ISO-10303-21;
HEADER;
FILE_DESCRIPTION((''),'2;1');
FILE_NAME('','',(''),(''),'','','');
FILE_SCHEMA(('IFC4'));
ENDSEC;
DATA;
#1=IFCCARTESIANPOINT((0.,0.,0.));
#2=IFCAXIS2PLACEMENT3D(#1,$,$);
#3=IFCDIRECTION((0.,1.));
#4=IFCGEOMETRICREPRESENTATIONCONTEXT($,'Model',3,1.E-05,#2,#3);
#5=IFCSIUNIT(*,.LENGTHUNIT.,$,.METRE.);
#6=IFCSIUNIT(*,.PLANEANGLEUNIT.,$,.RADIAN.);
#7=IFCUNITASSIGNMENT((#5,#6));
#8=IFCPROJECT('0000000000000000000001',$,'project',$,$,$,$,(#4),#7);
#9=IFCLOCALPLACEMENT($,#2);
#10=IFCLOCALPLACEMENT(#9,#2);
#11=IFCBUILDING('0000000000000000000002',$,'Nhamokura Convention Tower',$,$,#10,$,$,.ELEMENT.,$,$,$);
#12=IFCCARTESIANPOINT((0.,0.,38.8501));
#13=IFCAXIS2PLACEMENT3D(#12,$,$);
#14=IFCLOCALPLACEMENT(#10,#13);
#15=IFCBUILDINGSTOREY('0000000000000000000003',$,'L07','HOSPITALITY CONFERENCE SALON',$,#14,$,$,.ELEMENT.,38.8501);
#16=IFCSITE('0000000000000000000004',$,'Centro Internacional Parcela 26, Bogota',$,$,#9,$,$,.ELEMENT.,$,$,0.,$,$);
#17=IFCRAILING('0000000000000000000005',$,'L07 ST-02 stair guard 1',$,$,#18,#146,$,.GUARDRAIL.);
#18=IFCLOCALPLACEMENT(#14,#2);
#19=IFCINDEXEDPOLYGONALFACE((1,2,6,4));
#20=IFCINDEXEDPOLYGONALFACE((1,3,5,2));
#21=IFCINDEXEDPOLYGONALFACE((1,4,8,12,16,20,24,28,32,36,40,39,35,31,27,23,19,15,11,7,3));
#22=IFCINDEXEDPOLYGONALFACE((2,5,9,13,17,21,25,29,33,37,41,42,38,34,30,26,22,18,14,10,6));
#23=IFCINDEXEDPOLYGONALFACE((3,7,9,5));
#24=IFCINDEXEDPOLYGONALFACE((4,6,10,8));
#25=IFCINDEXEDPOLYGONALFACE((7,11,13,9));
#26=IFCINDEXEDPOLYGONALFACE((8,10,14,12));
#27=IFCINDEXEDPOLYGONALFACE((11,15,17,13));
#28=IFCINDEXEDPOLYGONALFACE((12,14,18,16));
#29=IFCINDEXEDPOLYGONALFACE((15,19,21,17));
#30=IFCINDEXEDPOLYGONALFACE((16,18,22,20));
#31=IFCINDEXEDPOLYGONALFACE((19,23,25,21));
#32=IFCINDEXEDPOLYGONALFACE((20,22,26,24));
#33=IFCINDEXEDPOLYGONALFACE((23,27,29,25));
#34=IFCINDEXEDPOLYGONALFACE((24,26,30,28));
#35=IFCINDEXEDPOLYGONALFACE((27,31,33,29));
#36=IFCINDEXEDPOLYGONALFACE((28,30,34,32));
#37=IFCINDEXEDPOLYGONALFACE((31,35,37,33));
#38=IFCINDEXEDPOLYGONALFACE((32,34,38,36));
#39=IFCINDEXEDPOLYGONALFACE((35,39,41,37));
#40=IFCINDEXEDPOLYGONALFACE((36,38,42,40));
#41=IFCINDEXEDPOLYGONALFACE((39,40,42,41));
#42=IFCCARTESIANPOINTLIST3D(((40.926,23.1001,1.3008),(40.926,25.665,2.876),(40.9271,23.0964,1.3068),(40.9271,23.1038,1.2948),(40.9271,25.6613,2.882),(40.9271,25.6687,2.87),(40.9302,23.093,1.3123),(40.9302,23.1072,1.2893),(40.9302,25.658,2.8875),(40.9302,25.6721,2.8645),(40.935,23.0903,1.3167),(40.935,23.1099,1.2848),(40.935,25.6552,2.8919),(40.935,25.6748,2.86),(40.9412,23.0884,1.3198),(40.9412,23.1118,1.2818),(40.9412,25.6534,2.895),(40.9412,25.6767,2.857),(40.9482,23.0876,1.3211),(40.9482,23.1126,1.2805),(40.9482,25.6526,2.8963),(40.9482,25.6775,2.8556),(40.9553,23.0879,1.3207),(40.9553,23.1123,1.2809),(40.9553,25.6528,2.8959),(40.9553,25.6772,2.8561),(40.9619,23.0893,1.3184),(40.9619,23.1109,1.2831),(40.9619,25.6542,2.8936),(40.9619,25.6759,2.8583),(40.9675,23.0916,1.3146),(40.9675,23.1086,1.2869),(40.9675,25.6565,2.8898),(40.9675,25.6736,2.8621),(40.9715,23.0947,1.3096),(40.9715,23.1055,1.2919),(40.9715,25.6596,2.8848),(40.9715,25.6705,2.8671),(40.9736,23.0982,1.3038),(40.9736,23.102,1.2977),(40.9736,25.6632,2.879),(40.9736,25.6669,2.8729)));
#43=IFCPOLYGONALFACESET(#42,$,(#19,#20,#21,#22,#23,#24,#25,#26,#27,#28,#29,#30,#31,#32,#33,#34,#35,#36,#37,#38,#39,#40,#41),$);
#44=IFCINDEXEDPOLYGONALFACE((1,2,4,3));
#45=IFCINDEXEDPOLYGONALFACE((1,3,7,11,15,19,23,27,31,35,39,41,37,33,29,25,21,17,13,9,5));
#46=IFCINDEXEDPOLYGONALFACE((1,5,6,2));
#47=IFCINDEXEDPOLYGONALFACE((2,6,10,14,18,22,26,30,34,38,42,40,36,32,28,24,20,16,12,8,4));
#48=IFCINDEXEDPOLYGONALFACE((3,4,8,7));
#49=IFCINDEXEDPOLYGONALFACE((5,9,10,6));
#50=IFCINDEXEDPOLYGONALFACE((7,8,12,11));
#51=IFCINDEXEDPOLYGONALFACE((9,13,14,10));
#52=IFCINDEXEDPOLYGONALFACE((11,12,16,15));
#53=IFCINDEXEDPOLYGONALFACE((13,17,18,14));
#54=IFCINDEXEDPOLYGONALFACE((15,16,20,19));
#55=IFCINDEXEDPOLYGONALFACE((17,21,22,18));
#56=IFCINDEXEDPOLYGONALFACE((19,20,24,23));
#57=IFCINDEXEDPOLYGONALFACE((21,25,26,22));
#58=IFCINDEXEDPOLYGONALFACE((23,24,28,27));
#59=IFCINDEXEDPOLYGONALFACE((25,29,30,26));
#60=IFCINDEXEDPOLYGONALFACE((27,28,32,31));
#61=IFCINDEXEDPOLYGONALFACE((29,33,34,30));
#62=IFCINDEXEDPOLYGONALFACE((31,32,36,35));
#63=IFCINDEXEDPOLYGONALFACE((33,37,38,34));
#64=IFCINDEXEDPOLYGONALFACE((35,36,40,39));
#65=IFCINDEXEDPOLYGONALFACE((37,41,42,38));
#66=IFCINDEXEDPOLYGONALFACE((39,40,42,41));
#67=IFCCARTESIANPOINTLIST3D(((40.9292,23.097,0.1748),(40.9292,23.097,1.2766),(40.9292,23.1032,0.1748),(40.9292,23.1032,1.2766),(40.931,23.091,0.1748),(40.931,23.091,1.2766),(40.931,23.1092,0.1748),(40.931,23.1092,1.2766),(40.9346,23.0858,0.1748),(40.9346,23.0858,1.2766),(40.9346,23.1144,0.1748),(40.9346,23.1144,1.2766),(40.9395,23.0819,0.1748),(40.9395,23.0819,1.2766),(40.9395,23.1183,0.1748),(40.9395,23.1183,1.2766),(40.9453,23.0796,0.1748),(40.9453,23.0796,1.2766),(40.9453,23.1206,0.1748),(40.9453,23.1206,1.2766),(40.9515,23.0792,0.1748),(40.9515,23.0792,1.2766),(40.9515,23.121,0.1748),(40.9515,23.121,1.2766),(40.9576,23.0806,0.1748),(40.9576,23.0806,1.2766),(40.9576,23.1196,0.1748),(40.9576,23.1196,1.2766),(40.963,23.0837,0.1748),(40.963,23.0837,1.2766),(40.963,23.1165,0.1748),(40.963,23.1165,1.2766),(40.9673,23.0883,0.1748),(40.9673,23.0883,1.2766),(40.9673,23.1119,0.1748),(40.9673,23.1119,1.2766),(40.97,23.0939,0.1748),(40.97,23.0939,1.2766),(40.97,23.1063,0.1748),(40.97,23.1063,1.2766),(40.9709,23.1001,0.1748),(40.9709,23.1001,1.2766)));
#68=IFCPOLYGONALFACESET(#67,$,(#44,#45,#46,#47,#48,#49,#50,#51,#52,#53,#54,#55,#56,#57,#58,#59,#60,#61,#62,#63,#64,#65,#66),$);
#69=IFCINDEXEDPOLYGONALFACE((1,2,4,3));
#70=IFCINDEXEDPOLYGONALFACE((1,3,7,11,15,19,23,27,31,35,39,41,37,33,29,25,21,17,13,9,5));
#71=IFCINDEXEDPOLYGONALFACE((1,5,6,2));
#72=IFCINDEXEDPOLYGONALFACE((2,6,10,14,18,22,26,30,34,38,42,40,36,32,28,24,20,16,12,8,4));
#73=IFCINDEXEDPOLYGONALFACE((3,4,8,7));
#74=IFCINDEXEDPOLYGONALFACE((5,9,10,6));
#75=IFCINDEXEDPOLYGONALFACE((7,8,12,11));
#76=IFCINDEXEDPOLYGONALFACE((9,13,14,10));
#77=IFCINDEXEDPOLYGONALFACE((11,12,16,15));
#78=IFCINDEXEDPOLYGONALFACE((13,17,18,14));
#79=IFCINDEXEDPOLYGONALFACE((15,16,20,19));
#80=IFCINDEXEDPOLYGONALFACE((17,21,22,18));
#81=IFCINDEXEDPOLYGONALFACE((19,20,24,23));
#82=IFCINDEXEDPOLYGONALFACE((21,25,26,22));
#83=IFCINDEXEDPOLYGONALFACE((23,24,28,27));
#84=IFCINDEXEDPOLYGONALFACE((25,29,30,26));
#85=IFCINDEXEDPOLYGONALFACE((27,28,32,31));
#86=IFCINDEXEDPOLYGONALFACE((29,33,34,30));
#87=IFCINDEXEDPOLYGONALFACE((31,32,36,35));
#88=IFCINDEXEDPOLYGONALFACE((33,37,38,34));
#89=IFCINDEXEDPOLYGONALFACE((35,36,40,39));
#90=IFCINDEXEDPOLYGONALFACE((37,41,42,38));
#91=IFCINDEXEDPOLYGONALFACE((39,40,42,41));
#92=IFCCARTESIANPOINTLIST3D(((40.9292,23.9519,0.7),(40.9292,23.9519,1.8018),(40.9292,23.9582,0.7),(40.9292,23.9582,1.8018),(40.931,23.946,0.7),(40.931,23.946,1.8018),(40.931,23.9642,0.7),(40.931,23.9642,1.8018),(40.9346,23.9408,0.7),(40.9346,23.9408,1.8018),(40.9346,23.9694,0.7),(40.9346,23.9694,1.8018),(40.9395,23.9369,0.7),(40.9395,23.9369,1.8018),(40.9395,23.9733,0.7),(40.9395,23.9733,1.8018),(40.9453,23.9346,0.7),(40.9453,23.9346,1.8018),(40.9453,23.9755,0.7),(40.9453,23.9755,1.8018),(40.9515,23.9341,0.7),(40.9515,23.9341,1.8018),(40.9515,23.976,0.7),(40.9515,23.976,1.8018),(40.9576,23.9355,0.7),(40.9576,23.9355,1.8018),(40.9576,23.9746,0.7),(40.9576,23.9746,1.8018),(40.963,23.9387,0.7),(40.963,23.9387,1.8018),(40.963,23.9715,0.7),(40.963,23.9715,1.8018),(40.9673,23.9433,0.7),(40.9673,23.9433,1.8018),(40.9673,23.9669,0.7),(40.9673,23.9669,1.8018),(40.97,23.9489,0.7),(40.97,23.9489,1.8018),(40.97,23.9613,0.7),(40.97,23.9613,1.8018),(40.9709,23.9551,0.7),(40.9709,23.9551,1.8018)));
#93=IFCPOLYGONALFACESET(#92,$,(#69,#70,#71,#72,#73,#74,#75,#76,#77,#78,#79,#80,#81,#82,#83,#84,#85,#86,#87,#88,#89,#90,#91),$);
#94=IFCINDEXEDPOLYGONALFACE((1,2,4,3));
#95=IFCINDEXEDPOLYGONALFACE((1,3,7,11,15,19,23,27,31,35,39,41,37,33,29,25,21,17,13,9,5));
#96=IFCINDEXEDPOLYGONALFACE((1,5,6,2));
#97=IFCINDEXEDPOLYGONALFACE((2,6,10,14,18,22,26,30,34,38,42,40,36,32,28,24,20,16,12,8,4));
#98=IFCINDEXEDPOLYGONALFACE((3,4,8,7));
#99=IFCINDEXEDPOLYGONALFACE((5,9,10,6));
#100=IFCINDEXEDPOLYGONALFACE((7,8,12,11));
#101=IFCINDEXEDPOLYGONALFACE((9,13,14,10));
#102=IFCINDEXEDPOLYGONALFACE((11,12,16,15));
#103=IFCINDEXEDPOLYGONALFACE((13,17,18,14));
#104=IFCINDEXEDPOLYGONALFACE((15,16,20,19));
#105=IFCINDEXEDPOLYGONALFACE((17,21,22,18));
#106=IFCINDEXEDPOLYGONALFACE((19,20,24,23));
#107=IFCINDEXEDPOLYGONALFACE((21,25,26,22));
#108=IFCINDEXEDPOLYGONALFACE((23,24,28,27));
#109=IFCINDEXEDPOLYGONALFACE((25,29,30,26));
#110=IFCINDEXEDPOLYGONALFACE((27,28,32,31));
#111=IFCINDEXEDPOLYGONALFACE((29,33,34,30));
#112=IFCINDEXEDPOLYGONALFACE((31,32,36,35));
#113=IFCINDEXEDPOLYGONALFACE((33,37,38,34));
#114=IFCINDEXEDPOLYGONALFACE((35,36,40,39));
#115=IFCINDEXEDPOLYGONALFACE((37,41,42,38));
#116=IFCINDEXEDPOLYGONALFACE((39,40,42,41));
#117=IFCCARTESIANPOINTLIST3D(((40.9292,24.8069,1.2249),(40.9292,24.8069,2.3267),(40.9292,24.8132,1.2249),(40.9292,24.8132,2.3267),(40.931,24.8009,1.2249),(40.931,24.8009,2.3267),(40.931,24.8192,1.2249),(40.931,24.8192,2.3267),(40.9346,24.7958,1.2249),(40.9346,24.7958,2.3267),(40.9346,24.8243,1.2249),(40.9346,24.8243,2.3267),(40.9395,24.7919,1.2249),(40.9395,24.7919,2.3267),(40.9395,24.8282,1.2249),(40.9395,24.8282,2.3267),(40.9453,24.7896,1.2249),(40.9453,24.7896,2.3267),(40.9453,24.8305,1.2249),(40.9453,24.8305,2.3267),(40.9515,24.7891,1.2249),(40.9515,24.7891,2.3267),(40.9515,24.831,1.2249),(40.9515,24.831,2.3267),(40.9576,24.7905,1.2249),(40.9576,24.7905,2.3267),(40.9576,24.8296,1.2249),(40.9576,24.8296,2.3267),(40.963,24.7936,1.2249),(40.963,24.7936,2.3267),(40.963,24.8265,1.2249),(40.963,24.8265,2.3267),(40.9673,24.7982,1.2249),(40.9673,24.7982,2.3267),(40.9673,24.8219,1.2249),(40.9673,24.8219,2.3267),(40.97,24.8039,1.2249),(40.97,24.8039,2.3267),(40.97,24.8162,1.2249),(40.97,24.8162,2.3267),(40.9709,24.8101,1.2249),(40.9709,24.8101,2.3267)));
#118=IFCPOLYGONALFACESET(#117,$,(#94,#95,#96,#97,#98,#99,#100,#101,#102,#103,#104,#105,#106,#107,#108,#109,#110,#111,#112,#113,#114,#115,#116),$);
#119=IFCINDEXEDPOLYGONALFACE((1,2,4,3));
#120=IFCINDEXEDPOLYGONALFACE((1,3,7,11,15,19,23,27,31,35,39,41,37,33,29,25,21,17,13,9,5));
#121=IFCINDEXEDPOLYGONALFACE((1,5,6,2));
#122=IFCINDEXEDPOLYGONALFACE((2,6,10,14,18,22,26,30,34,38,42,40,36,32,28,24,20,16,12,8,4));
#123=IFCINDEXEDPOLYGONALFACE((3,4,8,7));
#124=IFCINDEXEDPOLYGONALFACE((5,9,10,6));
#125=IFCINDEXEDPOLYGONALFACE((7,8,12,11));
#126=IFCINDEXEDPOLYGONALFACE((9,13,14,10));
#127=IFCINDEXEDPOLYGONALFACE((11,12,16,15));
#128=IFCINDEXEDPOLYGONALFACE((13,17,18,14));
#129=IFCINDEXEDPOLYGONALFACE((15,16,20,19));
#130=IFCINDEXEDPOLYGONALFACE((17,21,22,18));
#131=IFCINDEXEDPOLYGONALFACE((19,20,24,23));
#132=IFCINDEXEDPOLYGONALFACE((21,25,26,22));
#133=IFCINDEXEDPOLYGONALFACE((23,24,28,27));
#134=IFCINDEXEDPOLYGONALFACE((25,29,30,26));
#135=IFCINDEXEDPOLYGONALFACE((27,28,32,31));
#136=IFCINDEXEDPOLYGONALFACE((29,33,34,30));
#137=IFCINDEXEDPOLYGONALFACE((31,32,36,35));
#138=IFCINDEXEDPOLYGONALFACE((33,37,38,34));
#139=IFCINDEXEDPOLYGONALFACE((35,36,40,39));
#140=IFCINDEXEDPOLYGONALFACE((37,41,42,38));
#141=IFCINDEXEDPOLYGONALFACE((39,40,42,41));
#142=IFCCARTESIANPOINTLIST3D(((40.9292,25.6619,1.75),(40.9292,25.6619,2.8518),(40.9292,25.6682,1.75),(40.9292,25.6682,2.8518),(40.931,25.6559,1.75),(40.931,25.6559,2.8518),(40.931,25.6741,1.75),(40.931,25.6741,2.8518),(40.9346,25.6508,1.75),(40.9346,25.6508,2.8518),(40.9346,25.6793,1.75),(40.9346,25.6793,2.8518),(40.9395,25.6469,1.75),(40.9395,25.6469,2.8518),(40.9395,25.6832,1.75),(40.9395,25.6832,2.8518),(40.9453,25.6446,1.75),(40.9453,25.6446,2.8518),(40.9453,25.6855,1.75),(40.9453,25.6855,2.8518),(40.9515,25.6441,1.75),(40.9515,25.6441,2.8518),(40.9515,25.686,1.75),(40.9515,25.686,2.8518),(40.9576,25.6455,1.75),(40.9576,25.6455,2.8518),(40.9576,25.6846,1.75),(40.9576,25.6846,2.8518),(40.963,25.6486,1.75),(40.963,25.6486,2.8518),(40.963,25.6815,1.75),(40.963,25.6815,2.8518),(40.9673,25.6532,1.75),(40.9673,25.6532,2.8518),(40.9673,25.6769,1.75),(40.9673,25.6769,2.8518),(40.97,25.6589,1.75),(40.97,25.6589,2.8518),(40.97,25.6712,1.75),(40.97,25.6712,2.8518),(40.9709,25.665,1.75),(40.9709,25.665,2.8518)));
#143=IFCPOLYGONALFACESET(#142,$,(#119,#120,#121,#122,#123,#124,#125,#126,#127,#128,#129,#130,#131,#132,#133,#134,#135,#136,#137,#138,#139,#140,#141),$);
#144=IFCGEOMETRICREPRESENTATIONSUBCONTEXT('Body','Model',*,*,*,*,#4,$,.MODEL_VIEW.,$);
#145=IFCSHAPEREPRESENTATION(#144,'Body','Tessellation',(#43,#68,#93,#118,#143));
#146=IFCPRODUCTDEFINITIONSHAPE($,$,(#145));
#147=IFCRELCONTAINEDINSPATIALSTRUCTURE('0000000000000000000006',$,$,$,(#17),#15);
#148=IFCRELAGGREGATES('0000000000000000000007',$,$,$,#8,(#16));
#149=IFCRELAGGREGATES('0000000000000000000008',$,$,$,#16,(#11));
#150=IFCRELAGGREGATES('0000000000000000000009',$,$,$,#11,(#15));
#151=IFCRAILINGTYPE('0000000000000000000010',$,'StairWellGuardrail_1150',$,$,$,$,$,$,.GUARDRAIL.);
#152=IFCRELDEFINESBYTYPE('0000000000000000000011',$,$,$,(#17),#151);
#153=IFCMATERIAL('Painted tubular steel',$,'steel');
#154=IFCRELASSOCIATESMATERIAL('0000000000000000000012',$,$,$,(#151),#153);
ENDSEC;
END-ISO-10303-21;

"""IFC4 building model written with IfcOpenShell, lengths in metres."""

from ifc_helpers import new_model, si_unit, direction, frame, origin, origin_2d, place, context, subcontext, project, spatial, circle, extrude, material, type_object, element, save


model = new_model("IFC4")

# Units and contexts
model_context = context("Model", 3, precision=1e-05, world=origin(), true_north=direction((0.0, 1.0)))
body_context = subcontext(model_context, "Body", "Model", "MODEL_VIEW")
ifc_project = project(units=[si_unit("LENGTHUNIT", "METRE"), si_unit("PLANEANGLEUNIT", "RADIAN")], contexts=[model_context])

# Site, building, storey
site_placement = place(None, origin())
site = spatial("IfcSite", under=ifc_project, at=site_placement, Name="Centro Internacional Parcela 26, Bogota", CompositionType="ELEMENT", RefElevation=0.0)
building_placement = place(site_placement, origin())
building = spatial("IfcBuilding", under=site, at=building_placement, Name="Nhamokura Convention Tower", CompositionType="ELEMENT")
storey_placement = place(building_placement, frame((0.0, 0.0, 38.8501)))
storey = spatial("IfcBuildingStorey", under=building, at=storey_placement, Name="L07", Description="HOSPITALITY CONFERENCE SALON", CompositionType="ELEMENT", Elevation=38.8501)

# Railing
ifc_material_1 = material(Name="Painted tubular steel", Category="steel")
railing_type_1 = type_object("IfcRailingType", Name="StairWellGuardrail_1150", PredefinedType="GUARDRAIL", material=ifc_material_1)
railing_1_placement = place(storey_placement, frame((40.95, 23.1001, 0.1748)))
element("IfcRailing", 1, at=railing_1_placement, inside=storey, type_object=railing_type_1, Name="L07 ST-02 stair guard 1", PredefinedType="GUARDRAIL", context=body_context, shape_type="SweptSolid", body=[
    extrude(circle(Radius=0.0239, at=origin_2d()), frame((0.0, 0.0, 1.126), z_axis=(0.0, 0.852137, 0.523319), x_axis=(-1.0, 0.0, 0.0)), (0.0, 0.0, 1.0), 3.01),
    extrude(circle(Radius=0.021, at=origin_2d()), origin(), (0.0, 0.0, 1.0), 1.1018),
    extrude(circle(Radius=0.021, at=origin_2d()), frame((0.0, 0.855, 0.5251)), (0.0, 0.0, 1.0), 1.1018),
    extrude(circle(Radius=0.021, at=origin_2d()), frame((0.0, 1.71, 1.05)), (0.0, 0.0, 1.0), 1.1018),
    extrude(circle(Radius=0.021, at=origin_2d()), frame((0.0, 2.5649, 1.5752)), (0.0, 0.0, 1.0), 1.1018),
])

save(model, "model.ifc")
